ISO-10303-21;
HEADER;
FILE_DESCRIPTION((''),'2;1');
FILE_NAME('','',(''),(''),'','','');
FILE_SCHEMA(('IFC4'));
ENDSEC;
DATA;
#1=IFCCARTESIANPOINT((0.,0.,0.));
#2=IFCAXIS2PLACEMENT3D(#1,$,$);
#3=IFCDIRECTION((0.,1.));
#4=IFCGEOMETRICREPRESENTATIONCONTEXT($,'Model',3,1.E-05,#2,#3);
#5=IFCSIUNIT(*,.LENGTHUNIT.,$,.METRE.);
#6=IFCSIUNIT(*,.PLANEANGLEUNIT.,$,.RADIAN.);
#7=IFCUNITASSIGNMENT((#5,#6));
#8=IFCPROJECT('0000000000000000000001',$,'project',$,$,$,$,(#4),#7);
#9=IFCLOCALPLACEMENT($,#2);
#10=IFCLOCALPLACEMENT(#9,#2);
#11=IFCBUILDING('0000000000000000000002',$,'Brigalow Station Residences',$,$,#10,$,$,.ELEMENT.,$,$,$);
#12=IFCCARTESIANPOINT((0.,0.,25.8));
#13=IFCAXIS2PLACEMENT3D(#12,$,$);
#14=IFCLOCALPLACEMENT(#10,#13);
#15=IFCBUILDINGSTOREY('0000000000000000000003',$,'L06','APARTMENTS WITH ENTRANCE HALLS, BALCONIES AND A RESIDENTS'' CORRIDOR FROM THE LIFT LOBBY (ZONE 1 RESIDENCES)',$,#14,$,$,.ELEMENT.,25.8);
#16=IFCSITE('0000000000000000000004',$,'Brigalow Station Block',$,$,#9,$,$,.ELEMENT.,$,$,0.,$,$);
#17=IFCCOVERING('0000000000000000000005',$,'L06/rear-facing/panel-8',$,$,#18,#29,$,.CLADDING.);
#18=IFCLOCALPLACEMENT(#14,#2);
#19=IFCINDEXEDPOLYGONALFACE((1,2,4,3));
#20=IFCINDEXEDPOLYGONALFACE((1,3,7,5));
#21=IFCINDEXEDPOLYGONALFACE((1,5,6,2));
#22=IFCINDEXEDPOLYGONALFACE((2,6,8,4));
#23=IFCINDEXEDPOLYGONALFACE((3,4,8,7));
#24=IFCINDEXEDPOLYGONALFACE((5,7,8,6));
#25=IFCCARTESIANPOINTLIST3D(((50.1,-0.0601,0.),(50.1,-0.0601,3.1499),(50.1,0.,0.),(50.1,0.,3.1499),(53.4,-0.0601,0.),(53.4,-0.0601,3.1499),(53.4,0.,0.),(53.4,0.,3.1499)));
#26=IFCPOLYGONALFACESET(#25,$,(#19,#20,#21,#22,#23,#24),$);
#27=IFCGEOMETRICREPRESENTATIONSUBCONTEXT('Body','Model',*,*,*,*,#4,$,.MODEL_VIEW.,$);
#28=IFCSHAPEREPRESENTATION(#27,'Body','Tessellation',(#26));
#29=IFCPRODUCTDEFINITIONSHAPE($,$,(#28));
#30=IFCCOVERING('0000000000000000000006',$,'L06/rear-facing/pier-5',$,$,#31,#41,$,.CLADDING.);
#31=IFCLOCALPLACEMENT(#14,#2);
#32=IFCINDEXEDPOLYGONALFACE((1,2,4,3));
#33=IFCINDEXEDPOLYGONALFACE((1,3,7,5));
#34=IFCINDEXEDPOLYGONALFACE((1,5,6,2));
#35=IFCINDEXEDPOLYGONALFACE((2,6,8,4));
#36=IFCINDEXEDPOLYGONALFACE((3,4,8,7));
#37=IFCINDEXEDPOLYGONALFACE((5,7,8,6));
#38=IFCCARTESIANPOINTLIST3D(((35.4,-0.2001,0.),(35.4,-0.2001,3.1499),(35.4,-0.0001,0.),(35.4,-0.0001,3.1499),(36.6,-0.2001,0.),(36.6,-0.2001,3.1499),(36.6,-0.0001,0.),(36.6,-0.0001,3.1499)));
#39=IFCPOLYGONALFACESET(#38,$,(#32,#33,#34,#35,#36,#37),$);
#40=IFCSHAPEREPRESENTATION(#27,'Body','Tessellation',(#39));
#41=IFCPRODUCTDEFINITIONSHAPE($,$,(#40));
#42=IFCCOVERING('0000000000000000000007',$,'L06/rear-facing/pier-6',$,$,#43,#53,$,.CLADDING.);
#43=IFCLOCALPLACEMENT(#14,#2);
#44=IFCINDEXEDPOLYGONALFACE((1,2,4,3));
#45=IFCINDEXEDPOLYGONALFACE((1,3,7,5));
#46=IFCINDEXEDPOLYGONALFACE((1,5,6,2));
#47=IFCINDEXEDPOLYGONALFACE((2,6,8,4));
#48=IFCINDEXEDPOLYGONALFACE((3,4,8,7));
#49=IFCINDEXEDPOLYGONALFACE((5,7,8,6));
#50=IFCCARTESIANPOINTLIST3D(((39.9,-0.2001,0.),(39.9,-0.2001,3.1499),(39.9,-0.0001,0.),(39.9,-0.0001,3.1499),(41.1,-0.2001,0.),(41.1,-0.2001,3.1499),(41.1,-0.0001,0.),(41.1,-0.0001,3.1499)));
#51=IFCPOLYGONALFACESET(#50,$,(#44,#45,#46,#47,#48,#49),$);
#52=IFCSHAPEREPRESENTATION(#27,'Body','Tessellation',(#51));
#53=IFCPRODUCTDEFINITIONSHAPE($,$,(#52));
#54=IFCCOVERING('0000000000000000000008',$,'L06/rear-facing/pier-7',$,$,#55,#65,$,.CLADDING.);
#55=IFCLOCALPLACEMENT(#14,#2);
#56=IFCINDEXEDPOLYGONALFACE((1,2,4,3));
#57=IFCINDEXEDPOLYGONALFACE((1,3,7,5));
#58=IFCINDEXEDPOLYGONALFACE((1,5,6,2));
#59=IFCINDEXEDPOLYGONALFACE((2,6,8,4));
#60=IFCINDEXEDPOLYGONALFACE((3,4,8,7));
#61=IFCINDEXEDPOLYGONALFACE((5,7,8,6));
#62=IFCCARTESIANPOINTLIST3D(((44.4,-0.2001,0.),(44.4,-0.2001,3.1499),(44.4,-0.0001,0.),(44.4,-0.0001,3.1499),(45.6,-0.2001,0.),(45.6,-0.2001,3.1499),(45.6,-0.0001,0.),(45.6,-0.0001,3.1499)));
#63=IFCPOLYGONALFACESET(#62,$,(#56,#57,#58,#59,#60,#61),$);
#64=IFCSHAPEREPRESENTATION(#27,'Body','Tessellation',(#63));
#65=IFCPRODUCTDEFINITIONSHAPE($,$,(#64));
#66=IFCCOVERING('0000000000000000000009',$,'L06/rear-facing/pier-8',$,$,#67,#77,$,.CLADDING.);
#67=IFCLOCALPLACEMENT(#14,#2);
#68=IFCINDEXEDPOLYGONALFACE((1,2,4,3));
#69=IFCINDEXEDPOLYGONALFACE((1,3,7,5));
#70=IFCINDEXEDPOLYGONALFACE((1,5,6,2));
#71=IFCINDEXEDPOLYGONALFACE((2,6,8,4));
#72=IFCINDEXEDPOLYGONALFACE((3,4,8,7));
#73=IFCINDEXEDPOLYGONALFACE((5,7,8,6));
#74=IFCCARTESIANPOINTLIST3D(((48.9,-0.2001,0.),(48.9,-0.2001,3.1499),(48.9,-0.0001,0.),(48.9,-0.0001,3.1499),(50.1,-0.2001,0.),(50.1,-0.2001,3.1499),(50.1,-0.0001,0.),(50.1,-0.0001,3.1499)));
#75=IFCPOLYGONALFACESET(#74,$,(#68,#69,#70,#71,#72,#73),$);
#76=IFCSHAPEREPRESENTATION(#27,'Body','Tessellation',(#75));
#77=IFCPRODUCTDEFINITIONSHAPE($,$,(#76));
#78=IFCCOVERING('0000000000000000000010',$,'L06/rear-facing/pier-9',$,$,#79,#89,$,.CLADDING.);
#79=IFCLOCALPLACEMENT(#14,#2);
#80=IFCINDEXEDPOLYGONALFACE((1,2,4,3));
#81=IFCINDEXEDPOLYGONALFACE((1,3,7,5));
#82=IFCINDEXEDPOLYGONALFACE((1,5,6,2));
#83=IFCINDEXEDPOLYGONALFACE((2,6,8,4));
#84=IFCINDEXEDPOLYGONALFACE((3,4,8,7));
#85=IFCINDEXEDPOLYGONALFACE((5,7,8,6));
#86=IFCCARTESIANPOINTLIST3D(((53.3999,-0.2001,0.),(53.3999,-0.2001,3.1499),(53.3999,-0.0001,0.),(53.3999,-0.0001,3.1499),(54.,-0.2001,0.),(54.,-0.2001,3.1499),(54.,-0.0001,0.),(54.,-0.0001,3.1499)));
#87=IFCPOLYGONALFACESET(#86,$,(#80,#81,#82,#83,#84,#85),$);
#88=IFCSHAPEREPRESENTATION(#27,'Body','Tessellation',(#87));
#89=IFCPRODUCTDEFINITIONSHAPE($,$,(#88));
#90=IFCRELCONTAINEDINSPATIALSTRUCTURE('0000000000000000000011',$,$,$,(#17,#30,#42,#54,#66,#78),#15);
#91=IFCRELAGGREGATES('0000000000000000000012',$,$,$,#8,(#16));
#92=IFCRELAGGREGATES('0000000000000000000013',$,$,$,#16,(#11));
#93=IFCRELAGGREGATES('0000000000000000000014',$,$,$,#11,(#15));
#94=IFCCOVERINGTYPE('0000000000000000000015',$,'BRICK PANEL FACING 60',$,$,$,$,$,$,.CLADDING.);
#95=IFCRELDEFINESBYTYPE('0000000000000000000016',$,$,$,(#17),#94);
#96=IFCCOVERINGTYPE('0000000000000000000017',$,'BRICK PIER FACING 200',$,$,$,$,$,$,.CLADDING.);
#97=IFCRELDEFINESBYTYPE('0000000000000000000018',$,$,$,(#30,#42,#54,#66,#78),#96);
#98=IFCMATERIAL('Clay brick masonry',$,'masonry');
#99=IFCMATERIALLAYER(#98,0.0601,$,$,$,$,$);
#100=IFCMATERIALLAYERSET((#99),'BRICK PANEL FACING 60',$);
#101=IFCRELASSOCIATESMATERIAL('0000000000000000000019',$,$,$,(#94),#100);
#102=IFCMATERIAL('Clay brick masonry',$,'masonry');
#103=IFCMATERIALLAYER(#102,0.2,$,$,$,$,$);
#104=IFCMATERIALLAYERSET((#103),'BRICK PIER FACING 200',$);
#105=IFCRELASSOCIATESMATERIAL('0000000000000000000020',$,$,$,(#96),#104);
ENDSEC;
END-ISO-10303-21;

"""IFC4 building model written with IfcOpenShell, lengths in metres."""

from ifc_helpers import new_model, si_unit, direction, frame, origin, origin_2d, place, context, subcontext, project, spatial, rectangle, extrude, material, layer, layer_set, type_object, element, save


model = new_model("IFC4")

# Units and contexts
model_context = context("Model", 3, precision=1e-05, world=origin(), true_north=direction((0.0, 1.0)))
body_context = subcontext(model_context, "Body", "Model", "MODEL_VIEW")
ifc_project = project(units=[si_unit("LENGTHUNIT", "METRE"), si_unit("PLANEANGLEUNIT", "RADIAN")], contexts=[model_context])

# Site, building, storey
site_placement = place(None, origin())
site = spatial("IfcSite", under=ifc_project, at=site_placement, Name="Brigalow Station Block", CompositionType="ELEMENT", RefElevation=0.0)
building_placement = place(site_placement, origin())
building = spatial("IfcBuilding", under=site, at=building_placement, Name="Brigalow Station Residences", CompositionType="ELEMENT")
storey_placement = place(building_placement, frame((0.0, 0.0, 25.8)))
storey = spatial("IfcBuildingStorey", under=building, at=storey_placement, Name="L06", Description="APARTMENTS WITH ENTRANCE HALLS, BALCONIES AND A RESIDENTS' CORRIDOR FROM THE LIFT LOBBY (ZONE 1 RESIDENCES)", CompositionType="ELEMENT", Elevation=25.8)

# Coverings
ifc_material_1 = material(Name="Clay brick masonry", Category="masonry")
ifc_layer_1 = layer(ifc_material_1, 0.0601)
ifc_layer_set_1 = layer_set([ifc_layer_1], Name="BRICK PANEL FACING 60")
covering_type_1 = type_object("IfcCoveringType", Name="BRICK PANEL FACING 60", PredefinedType="CLADDING", material=ifc_layer_set_1)
for number, where, z_axis, x_axis, name in (
    (1, (51.75, -0.03, 0.0), (0.0, 0.0, 1.0), (1.0, 0.0, 0.0), "L06/rear-facing/panel-8"),
):
    element("IfcCovering", number, at=place(storey_placement, frame(where, z_axis=z_axis, x_axis=x_axis)), inside=storey, type_object=covering_type_1, Name=name, PredefinedType="CLADDING", context=body_context, shape_type="SweptSolid", body=[
        extrude(rectangle(XDim=3.3, YDim=0.0601, at=origin_2d()), origin(), (0.0, 0.0, 1.0), 3.1499),
    ])
ifc_material_2 = material(Name="Clay brick masonry", Category="masonry")
ifc_layer_2 = layer(ifc_material_2, 0.2)
ifc_layer_set_2 = layer_set([ifc_layer_2], Name="BRICK PIER FACING 200")
covering_type_2 = type_object("IfcCoveringType", Name="BRICK PIER FACING 200", PredefinedType="CLADDING", material=ifc_layer_set_2)
for number, where, z_axis, x_axis, name in (
    (2, (36.0, -0.1001, 0.0), (0.0, 0.0, 1.0), (1.0, 0.0, 0.0), "L06/rear-facing/pier-5"),
    (3, (40.5, -0.1001, 0.0), (0.0, 0.0, 1.0), (1.0, 0.0, 0.0), "L06/rear-facing/pier-6"),
    (4, (45.0, -0.1001, 0.0), (0.0, 0.0, 1.0), (1.0, 0.0, 0.0), "L06/rear-facing/pier-7"),
    (5, (49.5, -0.1001, 0.0), (0.0, 0.0, 1.0), (1.0, 0.0, 0.0), "L06/rear-facing/pier-8"),
):
    element("IfcCovering", number, at=place(storey_placement, frame(where, z_axis=z_axis, x_axis=x_axis)), inside=storey, type_object=covering_type_2, Name=name, PredefinedType="CLADDING", context=body_context, shape_type="SweptSolid", body=[
        extrude(rectangle(XDim=1.2, YDim=0.2, at=origin_2d()), origin(), (0.0, 0.0, 1.0), 3.1499),
    ])
covering_placement = place(storey_placement, frame((53.7, -0.1001, 0.0), z_axis=(0.0, 0.0, 1.0), x_axis=(1.0, 0.0, 0.0)))
element("IfcCovering", 6, at=covering_placement, inside=storey, type_object=covering_type_2, Name="L06/rear-facing/pier-9", PredefinedType="CLADDING", context=body_context, shape_type="SweptSolid", body=[
    extrude(rectangle(XDim=0.6001, YDim=0.2, at=origin_2d()), origin(), (0.0, 0.0, 1.0), 3.1499),
])

save(model, "model.ifc")
